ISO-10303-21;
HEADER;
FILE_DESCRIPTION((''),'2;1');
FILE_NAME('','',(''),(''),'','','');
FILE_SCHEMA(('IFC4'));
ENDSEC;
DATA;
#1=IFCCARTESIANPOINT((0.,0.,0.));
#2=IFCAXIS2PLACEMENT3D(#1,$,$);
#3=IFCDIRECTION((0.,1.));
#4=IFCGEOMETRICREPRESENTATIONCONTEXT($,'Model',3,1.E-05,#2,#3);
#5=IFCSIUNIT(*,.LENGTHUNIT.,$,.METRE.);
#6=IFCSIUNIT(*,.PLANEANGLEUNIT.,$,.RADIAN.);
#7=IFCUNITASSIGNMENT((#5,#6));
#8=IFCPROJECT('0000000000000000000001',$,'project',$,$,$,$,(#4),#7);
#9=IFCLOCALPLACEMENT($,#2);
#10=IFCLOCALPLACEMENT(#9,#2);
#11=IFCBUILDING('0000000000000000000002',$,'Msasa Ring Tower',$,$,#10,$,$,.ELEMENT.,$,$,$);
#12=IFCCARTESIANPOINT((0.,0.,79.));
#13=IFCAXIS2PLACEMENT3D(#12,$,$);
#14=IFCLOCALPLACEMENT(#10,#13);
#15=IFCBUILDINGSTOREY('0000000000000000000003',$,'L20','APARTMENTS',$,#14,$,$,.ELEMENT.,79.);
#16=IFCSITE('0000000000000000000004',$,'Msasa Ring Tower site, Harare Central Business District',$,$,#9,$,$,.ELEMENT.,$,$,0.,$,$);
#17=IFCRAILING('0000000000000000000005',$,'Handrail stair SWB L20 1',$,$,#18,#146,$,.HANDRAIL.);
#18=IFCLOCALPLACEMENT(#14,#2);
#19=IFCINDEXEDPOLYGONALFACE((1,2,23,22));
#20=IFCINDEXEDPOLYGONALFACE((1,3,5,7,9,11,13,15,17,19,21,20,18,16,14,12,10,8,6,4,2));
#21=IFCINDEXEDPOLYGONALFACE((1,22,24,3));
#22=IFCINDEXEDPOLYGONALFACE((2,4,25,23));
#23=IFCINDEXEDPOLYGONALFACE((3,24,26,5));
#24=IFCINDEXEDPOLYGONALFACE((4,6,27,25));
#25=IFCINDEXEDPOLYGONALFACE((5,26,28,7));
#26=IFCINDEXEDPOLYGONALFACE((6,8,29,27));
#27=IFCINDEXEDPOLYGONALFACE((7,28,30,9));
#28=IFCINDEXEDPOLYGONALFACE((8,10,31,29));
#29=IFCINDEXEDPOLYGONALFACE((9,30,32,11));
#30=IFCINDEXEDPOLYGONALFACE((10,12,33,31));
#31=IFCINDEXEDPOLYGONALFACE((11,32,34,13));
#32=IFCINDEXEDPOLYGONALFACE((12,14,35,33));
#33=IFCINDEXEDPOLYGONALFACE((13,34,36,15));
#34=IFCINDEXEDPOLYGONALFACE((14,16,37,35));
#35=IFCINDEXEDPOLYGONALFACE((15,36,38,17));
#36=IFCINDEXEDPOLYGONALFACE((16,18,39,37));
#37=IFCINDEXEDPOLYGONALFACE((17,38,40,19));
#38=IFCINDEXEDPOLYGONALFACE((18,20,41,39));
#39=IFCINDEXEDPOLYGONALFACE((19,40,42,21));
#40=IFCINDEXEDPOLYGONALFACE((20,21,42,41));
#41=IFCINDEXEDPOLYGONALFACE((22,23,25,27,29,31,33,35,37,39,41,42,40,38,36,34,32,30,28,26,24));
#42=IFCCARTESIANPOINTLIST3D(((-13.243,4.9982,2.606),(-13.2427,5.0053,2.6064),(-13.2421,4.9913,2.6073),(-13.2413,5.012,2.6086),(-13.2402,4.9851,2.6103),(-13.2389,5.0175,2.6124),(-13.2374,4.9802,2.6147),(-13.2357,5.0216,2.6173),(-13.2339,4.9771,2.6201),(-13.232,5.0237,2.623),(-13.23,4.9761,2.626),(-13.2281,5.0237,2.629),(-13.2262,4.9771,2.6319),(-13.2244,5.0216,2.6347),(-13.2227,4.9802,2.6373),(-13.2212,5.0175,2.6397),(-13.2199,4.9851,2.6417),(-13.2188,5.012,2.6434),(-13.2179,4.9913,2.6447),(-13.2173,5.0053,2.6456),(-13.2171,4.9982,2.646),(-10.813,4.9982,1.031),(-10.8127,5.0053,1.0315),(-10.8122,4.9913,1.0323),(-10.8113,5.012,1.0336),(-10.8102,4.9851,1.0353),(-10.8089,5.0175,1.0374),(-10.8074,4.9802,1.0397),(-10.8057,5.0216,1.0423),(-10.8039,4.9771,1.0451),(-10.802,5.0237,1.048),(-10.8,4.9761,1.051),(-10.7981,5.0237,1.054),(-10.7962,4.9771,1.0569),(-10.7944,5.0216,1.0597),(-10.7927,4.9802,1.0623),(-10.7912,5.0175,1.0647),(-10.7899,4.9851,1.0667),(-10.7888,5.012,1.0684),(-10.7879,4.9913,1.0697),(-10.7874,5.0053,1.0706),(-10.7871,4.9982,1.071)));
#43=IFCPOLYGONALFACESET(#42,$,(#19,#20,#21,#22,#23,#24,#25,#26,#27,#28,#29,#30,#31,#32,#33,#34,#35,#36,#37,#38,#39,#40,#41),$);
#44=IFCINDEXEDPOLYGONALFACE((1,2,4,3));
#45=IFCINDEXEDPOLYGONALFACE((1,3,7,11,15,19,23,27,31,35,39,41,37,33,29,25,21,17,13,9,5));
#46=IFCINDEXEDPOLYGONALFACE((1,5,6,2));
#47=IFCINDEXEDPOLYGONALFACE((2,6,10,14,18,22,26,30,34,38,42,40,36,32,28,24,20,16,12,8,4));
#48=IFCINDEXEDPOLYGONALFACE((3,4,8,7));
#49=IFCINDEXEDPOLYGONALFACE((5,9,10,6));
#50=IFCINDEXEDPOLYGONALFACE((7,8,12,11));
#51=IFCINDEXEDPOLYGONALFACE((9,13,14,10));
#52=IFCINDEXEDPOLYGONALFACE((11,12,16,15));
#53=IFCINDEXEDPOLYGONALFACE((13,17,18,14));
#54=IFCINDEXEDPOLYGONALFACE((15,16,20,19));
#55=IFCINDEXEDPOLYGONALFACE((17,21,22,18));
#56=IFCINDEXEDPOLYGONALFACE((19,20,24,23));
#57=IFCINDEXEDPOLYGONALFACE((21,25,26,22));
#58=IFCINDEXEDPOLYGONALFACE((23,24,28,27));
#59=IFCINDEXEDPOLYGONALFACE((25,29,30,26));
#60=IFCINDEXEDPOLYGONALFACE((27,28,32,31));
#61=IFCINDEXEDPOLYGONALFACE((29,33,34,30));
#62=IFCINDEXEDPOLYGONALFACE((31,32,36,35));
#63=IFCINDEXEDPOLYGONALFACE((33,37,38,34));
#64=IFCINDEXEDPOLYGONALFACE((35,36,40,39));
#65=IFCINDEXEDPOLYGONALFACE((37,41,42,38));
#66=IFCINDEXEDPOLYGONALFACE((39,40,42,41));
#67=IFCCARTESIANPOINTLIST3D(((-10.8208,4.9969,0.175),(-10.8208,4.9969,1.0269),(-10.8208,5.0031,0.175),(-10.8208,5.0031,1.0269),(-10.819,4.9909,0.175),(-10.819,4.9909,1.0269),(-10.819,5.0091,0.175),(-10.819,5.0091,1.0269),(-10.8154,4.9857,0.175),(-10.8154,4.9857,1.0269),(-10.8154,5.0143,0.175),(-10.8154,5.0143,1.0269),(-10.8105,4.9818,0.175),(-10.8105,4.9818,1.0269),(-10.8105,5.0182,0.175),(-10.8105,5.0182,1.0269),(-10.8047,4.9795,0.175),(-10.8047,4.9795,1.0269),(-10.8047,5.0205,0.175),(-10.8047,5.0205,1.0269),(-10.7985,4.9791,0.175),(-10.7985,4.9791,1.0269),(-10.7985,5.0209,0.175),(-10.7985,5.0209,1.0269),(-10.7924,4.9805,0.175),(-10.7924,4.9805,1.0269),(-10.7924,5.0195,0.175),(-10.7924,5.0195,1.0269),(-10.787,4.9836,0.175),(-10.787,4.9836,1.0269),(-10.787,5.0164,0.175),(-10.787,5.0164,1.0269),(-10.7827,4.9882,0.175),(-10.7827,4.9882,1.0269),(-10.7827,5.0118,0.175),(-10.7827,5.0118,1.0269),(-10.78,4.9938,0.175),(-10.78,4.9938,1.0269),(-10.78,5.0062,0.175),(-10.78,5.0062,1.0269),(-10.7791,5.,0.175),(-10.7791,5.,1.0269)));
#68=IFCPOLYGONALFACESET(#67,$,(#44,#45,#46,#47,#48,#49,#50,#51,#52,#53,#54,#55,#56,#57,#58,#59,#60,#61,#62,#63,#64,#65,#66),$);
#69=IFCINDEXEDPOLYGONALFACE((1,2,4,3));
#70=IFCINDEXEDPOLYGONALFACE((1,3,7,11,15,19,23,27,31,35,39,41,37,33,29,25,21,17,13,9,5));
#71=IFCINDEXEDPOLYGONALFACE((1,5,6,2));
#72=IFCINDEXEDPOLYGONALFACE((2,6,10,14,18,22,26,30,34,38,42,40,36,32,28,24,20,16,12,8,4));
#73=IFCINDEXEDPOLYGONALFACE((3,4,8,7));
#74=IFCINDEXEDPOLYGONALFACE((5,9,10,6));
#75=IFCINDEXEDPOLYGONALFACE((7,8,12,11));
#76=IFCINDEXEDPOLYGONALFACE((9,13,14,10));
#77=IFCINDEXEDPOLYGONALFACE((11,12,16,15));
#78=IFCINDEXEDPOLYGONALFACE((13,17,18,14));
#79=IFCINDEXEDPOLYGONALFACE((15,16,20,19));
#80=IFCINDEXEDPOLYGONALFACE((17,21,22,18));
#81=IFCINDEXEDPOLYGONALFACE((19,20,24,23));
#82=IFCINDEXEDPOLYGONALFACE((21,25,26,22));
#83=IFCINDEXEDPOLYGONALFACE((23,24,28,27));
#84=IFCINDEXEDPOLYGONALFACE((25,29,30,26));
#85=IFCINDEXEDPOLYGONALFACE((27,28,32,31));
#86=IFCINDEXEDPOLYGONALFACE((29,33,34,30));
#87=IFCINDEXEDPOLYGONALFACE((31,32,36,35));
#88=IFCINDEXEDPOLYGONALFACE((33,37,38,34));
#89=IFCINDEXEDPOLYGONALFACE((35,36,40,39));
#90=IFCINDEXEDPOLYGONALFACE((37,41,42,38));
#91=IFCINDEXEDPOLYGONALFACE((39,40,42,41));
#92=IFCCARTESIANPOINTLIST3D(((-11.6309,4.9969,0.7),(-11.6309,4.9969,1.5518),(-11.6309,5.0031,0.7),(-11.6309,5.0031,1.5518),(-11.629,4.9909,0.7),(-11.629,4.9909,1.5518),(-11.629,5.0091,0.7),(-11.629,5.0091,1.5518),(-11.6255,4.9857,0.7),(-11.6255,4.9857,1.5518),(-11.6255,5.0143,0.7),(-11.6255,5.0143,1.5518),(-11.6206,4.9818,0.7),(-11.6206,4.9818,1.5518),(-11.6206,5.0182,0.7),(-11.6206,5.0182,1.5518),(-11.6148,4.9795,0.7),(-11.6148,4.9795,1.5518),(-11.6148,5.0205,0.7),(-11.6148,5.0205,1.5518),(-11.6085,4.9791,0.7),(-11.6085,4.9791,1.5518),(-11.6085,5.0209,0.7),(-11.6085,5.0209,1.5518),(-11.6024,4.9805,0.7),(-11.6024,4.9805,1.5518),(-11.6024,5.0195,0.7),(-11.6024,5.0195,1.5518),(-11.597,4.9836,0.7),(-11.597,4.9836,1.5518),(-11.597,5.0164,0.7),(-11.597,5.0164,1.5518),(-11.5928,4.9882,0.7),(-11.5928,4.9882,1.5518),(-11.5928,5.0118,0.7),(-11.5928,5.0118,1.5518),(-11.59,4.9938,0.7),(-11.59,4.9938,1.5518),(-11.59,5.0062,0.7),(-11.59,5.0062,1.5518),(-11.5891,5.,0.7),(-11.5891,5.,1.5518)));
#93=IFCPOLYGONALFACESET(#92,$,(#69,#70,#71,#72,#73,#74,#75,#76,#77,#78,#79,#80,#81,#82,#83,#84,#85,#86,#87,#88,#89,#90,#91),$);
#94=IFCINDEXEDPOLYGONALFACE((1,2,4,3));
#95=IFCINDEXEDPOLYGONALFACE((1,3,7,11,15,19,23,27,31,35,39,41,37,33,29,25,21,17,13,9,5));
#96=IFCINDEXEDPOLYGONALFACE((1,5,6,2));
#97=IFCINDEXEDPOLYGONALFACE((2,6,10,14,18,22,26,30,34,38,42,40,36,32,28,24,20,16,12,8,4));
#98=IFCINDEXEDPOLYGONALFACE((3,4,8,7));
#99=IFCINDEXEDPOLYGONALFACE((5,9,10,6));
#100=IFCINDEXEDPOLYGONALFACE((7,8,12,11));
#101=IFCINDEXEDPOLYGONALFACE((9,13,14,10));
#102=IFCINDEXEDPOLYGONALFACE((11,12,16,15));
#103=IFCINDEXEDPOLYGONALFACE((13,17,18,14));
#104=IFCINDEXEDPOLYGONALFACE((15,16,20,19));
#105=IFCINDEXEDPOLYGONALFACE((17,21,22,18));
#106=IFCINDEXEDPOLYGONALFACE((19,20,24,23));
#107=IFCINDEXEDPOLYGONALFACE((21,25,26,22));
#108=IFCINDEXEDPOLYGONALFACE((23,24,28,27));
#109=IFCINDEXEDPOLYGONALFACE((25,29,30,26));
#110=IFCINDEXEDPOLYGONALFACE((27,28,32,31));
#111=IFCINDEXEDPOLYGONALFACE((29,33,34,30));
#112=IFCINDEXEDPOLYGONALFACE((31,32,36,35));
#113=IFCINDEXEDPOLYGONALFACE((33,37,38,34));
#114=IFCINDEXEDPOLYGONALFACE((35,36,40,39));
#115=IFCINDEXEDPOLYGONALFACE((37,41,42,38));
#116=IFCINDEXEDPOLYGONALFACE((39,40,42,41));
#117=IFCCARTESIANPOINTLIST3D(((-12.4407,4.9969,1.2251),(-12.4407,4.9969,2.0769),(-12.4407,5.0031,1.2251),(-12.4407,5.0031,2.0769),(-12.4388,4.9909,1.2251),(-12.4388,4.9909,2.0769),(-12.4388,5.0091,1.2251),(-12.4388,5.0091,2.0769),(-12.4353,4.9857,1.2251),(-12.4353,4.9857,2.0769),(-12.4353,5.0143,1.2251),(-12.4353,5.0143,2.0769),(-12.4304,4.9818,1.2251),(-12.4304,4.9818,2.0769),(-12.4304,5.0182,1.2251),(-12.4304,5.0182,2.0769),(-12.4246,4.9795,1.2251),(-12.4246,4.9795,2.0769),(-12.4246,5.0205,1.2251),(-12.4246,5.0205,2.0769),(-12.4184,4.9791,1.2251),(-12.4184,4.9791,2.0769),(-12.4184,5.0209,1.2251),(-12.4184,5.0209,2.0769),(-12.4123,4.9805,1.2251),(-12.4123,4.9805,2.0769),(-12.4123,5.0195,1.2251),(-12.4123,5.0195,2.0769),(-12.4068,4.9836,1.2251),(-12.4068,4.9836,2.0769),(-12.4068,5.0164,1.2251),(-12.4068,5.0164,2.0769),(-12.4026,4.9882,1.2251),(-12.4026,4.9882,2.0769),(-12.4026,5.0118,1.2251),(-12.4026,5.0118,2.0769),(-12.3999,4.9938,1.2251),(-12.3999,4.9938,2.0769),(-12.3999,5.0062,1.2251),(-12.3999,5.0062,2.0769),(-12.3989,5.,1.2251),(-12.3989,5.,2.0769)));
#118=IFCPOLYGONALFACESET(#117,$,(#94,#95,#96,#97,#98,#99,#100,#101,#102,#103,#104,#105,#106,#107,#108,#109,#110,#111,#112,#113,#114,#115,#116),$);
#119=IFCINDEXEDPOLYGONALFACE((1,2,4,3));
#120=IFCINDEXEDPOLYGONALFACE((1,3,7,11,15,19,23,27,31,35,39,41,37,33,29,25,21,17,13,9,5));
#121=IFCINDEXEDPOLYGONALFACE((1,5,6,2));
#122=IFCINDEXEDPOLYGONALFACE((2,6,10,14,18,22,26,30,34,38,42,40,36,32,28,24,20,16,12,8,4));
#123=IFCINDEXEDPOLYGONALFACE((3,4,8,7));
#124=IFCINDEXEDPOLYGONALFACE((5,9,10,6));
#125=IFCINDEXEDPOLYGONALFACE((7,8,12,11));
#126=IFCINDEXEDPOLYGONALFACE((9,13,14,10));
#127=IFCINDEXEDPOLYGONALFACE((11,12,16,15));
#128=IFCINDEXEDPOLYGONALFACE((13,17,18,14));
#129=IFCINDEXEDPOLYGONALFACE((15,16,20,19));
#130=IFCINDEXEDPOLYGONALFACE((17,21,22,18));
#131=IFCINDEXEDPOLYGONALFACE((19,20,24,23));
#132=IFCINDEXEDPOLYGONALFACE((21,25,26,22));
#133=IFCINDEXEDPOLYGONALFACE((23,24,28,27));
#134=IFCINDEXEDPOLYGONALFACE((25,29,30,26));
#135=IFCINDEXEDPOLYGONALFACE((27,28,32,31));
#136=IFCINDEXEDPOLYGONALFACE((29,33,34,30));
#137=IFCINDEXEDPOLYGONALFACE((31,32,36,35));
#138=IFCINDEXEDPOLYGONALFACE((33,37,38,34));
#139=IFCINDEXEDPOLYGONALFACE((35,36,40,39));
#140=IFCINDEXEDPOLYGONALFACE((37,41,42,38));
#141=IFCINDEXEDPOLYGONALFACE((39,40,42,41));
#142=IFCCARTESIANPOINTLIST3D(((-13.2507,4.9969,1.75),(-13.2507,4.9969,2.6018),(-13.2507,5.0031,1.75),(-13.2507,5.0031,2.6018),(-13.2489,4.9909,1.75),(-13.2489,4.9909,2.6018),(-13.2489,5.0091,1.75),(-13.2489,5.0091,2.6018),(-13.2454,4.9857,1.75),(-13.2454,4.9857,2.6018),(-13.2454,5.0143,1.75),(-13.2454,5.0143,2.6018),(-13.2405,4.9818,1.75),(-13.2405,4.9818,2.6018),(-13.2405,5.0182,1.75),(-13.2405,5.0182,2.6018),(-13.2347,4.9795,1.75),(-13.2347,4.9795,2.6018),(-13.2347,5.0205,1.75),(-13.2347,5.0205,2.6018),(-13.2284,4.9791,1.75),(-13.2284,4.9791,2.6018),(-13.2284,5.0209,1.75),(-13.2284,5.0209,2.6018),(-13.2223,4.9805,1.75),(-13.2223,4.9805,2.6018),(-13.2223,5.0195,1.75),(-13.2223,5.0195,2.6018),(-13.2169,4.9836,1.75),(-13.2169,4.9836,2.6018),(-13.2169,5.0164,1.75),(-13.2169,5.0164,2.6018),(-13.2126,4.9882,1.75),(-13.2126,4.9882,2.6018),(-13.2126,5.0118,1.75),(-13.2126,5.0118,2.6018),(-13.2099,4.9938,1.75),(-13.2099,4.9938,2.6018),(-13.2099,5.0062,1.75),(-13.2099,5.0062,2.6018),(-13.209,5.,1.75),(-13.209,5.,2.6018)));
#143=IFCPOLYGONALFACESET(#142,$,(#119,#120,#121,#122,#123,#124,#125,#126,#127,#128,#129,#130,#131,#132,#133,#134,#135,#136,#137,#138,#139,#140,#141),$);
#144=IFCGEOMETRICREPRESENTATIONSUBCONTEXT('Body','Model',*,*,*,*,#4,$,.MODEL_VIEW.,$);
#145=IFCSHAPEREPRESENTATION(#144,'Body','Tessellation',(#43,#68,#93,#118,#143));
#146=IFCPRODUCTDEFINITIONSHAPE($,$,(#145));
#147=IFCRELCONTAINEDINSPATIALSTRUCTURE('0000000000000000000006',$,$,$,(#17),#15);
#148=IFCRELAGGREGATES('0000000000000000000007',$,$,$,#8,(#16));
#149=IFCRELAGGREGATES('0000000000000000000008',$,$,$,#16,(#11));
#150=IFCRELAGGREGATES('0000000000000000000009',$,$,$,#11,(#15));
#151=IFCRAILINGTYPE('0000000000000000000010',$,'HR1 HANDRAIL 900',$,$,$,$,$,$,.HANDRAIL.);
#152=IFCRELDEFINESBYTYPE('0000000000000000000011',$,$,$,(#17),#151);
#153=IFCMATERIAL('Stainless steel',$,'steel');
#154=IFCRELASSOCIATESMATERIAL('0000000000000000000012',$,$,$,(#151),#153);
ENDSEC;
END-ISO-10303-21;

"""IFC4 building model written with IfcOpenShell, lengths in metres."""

from ifc_helpers import new_model, si_unit, direction, frame, origin, origin_2d, place, context, subcontext, project, spatial, circle, extrude, material, type_object, element, save


model = new_model("IFC4")

# Units and contexts
model_context = context("Model", 3, precision=1e-05, world=origin(), true_north=direction((0.0, 1.0)))
body_context = subcontext(model_context, "Body", "Model", "MODEL_VIEW")
ifc_project = project(units=[si_unit("LENGTHUNIT", "METRE"), si_unit("PLANEANGLEUNIT", "RADIAN")], contexts=[model_context])

# Site, building, storey
site_placement = place(None, origin())
site = spatial("IfcSite", under=ifc_project, at=site_placement, Name="Msasa Ring Tower site, Harare Central Business District", CompositionType="ELEMENT", RefElevation=0.0)
building_placement = place(site_placement, origin())
building = spatial("IfcBuilding", under=site, at=building_placement, Name="Msasa Ring Tower", CompositionType="ELEMENT")
storey_placement = place(building_placement, frame((0.0, 0.0, 79.0)))
storey = spatial("IfcBuildingStorey", under=building, at=storey_placement, Name="L20", Description="APARTMENTS", CompositionType="ELEMENT", Elevation=79.0)

# Railing
ifc_material_1 = material(Name="Stainless steel", Category="steel")
railing_type = type_object("IfcRailingType", Name="HR1 HANDRAIL 900", PredefinedType="HANDRAIL", material=ifc_material_1)
for number, where, name in (
    (1, (-10.8, 5.0, 0.175), "Handrail stair SWB L20 1"),
):
    element("IfcRailing", number, at=place(storey_placement, frame(where)), inside=storey, type_object=railing_type, Name=name, PredefinedType="HANDRAIL", context=body_context, shape_type="SweptSolid", body=[
        extrude(circle(Radius=0.0239, at=origin_2d()), frame((0.0, 0.0, 0.876), z_axis=(-0.839154, 0.0, 0.543894), x_axis=(0.0, -1.0, 0.0)), (0.0, 0.0, 1.0), 2.8958),
        extrude(circle(Radius=0.021, at=origin_2d()), origin(), (0.0, 0.0, 1.0), 0.8518),
        extrude(circle(Radius=0.021, at=origin_2d()), frame((-0.8101, 0.0, 0.5249)), (0.0, 0.0, 1.0), 0.8518),
        extrude(circle(Radius=0.021, at=origin_2d()), frame((-1.6199, 0.0, 1.05)), (0.0, 0.0, 1.0), 0.8518),
        extrude(circle(Radius=0.021, at=origin_2d()), frame((-2.4299, 0.0, 1.575)), (0.0, 0.0, 1.0), 0.8518),
    ])

save(model, "model.ifc")
